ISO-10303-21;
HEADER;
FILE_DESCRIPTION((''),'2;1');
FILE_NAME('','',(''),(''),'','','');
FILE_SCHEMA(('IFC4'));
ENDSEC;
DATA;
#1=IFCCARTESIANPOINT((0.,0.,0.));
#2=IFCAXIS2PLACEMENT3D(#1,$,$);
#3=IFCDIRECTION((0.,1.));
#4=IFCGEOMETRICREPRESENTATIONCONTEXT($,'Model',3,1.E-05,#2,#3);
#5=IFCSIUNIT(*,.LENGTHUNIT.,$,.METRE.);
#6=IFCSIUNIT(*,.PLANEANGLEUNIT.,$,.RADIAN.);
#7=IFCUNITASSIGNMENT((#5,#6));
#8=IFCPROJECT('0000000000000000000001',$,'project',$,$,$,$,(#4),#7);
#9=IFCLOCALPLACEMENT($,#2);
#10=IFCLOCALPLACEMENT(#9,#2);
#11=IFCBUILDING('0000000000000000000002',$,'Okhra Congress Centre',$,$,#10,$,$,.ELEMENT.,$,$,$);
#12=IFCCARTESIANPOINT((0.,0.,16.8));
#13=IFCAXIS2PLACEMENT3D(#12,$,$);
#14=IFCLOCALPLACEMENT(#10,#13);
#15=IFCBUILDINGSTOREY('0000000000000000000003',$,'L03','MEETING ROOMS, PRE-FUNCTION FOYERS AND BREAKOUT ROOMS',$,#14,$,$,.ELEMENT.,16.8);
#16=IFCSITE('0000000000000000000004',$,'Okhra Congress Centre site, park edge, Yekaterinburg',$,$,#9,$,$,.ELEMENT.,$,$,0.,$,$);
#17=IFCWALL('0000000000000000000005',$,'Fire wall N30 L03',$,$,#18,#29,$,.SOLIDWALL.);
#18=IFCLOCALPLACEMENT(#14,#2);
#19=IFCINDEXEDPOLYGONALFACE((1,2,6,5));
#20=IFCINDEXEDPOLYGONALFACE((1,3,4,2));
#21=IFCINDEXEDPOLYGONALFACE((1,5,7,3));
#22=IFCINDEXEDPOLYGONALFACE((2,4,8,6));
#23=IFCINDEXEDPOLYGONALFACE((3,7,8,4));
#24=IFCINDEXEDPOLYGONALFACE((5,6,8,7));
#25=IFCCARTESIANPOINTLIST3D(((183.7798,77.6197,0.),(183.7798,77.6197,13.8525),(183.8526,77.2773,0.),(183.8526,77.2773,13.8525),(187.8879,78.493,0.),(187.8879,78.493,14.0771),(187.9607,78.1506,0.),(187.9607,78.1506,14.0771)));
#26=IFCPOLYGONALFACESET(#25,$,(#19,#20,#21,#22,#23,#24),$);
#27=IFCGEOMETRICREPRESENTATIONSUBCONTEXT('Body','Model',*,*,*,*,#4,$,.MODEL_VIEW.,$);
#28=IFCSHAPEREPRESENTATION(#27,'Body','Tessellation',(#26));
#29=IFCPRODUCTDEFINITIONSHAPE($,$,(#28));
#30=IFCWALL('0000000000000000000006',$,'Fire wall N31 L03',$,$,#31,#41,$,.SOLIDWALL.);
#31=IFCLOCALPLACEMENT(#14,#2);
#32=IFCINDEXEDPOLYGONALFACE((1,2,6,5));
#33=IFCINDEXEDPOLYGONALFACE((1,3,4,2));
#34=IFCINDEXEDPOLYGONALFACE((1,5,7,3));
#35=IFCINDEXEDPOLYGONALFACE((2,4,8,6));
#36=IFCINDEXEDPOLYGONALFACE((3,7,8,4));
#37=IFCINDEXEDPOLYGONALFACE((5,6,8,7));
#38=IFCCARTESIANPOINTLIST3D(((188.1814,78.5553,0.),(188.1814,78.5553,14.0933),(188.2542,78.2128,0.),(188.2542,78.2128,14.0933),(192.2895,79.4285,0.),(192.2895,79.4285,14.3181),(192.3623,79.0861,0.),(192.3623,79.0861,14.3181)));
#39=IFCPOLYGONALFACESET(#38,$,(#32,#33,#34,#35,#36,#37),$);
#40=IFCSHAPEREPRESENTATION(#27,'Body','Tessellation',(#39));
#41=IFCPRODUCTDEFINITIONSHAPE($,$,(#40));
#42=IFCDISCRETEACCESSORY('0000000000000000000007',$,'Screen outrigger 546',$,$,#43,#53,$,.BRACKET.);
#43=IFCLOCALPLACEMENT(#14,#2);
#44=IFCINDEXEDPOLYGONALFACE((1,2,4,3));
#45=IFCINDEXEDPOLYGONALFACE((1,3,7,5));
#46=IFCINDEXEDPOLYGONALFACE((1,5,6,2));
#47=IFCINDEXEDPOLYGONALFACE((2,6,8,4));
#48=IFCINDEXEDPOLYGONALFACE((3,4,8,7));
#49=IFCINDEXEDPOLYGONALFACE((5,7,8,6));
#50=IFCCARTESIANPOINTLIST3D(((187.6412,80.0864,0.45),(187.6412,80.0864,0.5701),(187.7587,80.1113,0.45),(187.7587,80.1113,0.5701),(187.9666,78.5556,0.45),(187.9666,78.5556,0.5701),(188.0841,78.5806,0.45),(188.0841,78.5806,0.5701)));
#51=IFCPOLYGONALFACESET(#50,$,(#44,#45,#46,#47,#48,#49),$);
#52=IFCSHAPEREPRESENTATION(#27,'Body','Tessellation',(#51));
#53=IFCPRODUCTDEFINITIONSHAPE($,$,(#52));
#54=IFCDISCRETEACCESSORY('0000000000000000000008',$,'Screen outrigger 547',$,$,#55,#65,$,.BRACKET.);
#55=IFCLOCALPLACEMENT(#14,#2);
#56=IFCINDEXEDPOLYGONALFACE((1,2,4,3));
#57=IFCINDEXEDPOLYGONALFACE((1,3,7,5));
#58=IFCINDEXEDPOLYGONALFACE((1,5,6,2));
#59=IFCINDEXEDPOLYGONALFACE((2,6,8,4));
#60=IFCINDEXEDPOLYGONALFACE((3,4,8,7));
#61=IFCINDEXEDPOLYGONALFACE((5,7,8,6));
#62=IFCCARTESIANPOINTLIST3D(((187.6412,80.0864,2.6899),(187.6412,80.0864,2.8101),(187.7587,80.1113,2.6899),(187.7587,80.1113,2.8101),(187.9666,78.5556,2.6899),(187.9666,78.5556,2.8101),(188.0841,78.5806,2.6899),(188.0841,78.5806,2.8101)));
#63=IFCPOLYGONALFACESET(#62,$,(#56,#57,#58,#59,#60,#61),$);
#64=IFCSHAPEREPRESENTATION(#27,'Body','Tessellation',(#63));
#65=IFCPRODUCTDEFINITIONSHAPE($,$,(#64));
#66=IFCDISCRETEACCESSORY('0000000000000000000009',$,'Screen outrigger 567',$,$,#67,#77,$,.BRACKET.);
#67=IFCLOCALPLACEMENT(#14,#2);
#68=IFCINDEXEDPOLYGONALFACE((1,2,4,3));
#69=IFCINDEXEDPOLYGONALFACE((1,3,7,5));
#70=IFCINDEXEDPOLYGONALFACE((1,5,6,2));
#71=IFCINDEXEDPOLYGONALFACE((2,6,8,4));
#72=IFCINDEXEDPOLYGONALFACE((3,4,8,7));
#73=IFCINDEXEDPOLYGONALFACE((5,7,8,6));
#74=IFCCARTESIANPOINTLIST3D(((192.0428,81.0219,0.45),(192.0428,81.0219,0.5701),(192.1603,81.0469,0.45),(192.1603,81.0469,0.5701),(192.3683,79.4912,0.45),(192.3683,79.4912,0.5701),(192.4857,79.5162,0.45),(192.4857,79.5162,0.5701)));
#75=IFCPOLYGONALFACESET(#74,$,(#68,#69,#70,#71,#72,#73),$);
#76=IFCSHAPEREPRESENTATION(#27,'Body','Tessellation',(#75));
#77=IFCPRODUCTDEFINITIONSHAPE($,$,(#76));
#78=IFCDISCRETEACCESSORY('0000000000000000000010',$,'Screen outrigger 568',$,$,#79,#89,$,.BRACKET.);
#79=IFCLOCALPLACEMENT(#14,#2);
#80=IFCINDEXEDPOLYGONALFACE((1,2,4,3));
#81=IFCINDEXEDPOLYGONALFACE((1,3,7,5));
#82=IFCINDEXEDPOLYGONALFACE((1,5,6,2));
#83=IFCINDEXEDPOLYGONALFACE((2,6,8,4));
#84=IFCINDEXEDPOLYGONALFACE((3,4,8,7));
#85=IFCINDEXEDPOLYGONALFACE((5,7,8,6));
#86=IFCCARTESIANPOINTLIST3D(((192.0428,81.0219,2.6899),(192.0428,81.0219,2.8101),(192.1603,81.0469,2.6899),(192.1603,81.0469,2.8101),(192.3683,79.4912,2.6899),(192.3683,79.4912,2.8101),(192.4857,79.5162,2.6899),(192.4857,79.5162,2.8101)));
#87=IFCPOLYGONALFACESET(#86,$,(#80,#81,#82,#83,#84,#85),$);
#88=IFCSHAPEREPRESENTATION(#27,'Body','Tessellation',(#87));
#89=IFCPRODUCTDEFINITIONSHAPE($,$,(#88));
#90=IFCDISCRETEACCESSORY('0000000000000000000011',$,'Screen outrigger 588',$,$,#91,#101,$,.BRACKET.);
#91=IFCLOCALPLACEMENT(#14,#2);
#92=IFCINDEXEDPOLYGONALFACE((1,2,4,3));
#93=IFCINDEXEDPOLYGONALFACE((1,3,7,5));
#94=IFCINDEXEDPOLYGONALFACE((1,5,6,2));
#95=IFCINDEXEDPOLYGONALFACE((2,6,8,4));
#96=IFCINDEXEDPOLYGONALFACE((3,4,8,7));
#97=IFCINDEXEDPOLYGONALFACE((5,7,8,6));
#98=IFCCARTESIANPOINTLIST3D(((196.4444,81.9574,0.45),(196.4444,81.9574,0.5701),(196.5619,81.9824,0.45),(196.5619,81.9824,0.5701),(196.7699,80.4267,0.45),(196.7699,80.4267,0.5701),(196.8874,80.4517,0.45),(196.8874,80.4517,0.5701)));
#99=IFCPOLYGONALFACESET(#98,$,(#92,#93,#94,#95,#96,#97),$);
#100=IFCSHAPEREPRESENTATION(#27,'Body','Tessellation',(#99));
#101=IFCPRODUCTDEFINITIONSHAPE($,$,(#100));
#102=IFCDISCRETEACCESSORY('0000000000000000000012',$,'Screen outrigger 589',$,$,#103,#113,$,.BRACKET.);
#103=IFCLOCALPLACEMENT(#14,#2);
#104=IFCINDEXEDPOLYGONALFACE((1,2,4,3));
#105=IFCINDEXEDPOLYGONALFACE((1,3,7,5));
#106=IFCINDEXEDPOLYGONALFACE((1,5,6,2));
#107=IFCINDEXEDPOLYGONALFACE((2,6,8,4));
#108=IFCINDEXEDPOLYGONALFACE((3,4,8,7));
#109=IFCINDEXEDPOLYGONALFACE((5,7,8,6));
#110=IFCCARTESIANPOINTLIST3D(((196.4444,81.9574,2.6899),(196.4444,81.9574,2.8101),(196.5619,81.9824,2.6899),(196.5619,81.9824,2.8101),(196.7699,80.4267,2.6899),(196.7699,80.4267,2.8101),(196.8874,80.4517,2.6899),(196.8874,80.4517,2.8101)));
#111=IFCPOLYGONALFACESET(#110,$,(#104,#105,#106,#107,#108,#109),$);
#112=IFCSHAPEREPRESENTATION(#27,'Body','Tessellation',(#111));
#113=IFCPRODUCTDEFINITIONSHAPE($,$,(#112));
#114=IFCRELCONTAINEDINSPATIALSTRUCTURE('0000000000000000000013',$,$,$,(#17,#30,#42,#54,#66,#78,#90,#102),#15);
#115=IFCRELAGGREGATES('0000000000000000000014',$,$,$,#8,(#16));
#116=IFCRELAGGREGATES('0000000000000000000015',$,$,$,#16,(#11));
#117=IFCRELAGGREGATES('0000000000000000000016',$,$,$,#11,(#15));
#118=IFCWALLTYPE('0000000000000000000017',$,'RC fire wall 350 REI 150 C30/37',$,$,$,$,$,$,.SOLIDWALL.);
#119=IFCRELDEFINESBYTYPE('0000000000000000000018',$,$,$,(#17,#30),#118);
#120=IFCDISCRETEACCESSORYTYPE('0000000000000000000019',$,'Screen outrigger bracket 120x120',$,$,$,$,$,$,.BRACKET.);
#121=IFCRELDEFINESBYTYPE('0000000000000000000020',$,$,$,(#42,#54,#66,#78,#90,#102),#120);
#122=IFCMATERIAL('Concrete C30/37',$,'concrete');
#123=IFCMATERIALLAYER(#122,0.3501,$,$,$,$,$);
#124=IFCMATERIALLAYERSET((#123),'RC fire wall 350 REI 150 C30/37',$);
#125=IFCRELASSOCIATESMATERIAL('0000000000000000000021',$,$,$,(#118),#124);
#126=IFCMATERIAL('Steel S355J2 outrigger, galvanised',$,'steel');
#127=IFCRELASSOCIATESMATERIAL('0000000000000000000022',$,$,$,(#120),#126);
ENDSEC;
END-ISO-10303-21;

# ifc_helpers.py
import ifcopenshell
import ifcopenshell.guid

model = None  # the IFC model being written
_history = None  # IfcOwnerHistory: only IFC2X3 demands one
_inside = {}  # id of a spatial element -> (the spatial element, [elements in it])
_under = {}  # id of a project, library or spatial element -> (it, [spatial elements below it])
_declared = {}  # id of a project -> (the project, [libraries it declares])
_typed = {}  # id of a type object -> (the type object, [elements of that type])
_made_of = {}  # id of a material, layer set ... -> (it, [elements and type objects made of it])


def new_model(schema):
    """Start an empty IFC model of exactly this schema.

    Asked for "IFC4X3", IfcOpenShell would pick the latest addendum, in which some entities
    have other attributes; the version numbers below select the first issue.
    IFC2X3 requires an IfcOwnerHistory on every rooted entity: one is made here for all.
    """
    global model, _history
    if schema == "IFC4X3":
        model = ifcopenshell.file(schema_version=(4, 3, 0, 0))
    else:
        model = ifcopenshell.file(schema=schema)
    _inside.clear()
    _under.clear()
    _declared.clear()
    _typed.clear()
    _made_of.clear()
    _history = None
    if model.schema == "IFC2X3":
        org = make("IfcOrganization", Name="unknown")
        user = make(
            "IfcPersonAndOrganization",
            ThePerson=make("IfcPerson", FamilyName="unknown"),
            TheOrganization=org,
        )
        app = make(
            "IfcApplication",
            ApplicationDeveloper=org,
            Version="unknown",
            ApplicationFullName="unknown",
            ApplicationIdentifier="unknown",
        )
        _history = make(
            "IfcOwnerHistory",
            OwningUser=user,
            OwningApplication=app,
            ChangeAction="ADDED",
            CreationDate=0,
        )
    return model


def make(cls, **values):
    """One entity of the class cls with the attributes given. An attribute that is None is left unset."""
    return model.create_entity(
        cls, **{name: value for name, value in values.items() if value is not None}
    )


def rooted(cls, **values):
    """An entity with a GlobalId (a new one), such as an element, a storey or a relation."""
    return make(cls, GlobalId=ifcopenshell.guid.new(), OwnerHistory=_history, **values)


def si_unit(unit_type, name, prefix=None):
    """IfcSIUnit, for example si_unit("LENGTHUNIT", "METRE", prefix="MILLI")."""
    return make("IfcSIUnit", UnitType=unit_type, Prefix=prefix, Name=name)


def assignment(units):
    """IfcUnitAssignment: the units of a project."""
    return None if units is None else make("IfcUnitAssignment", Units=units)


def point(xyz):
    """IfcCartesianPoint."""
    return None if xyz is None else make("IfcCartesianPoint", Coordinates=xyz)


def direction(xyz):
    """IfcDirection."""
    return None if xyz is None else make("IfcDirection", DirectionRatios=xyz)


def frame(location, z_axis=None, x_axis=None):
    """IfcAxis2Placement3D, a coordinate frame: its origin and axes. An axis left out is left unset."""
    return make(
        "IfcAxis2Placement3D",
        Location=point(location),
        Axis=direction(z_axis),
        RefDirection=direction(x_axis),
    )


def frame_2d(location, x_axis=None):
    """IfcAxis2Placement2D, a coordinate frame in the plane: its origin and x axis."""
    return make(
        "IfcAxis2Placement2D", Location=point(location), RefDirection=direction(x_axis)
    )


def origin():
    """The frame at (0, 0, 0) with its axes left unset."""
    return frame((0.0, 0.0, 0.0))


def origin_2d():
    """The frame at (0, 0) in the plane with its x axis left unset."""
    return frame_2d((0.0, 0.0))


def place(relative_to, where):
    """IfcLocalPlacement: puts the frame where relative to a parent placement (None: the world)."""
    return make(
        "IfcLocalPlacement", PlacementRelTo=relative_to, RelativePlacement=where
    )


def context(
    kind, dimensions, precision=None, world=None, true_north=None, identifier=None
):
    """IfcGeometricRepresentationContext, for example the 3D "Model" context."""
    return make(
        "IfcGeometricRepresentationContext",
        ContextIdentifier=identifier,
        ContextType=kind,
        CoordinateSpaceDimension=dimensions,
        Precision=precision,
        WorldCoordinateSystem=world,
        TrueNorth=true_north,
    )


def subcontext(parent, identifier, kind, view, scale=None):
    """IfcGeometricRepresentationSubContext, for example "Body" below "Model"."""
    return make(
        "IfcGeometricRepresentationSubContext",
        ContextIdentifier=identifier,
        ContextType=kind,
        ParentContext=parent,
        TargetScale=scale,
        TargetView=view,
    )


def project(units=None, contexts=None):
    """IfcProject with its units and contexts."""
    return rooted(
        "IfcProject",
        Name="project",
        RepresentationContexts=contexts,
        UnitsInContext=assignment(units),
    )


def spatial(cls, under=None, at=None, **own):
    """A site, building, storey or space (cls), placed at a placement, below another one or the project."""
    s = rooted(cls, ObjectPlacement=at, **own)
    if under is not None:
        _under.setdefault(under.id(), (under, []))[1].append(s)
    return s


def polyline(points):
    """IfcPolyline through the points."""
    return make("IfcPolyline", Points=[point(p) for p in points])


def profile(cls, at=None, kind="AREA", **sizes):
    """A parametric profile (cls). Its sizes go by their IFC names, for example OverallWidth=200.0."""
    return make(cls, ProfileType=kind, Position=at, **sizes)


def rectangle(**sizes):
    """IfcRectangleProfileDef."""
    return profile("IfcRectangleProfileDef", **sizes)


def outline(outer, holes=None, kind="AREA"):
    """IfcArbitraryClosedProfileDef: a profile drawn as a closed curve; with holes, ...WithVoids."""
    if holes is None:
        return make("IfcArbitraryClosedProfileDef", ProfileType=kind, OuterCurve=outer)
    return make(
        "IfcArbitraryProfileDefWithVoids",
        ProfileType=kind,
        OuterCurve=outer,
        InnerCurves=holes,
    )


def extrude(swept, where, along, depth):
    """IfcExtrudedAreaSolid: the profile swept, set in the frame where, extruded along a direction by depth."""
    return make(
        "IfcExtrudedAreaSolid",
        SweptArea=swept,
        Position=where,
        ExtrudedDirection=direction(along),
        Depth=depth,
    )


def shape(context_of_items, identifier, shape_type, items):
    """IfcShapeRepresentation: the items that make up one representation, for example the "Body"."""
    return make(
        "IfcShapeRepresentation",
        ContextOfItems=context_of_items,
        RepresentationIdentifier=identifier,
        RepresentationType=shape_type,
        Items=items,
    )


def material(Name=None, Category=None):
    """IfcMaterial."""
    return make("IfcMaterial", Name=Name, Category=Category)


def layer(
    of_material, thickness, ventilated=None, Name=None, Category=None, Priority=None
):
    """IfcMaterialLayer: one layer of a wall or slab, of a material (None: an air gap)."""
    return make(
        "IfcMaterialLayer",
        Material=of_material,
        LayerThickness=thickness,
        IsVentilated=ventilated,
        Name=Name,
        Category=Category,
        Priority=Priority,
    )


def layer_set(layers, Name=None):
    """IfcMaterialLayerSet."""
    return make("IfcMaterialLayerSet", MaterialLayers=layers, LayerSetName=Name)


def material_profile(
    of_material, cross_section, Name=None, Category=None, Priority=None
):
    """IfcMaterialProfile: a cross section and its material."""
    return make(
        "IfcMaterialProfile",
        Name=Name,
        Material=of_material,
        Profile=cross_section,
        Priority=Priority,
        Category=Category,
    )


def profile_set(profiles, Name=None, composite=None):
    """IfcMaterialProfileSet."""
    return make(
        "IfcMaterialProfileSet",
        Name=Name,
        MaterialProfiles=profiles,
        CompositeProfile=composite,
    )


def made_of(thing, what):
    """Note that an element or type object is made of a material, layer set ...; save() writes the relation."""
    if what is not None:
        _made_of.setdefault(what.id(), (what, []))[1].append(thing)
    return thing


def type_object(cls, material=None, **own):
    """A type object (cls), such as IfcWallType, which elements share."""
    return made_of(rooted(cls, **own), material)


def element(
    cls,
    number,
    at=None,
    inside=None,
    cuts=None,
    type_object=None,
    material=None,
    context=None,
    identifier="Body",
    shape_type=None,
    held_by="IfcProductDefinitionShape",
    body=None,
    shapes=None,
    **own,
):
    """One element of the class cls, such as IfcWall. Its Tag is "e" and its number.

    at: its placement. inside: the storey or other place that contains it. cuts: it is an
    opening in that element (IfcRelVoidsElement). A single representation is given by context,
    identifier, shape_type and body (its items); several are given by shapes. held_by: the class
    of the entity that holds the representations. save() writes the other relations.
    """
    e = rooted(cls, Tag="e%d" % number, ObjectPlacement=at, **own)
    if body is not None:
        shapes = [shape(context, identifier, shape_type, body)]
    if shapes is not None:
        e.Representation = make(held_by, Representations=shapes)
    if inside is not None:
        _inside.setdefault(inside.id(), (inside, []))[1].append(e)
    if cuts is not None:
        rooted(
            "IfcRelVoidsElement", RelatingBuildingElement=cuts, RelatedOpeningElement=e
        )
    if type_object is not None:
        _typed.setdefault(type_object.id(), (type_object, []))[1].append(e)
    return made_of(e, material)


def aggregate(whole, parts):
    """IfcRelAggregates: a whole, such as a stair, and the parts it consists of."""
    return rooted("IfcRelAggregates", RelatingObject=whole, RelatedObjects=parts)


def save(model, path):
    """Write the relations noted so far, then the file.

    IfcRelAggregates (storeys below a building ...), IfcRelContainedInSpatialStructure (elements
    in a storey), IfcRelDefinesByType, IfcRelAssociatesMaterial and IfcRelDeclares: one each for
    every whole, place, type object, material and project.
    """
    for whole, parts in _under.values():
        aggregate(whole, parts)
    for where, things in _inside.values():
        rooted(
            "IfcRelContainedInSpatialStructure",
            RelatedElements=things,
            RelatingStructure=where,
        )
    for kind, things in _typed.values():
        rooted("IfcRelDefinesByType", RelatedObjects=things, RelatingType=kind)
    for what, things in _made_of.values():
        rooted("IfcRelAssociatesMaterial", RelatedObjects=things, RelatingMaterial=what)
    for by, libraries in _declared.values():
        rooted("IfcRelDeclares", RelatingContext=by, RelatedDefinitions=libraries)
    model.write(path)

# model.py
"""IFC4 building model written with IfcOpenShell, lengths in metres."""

from ifc_helpers import new_model, si_unit, direction, frame, origin, origin_2d, place, context, subcontext, project, spatial, polyline, rectangle, outline, extrude, material, layer, layer_set, material_profile, profile_set, type_object, element, save


model = new_model("IFC4")

# Units and contexts
model_context = context("Model", 3, precision=1e-05, world=origin(), true_north=direction((0.0, 1.0)))
body_context = subcontext(model_context, "Body", "Model", "MODEL_VIEW")
ifc_project = project(units=[si_unit("LENGTHUNIT", "METRE"), si_unit("PLANEANGLEUNIT", "RADIAN")], contexts=[model_context])

# Site, building, storey
site_placement = place(None, origin())
site = spatial("IfcSite", under=ifc_project, at=site_placement, Name="Okhra Congress Centre site, park edge, Yekaterinburg", CompositionType="ELEMENT", RefElevation=0.0)
building_placement = place(site_placement, origin())
building = spatial("IfcBuilding", under=site, at=building_placement, Name="Okhra Congress Centre", CompositionType="ELEMENT")
storey_placement = place(building_placement, frame((0.0, 0.0, 16.8)))
storey = spatial("IfcBuildingStorey", under=building, at=storey_placement, Name="L03", Description="MEETING ROOMS, PRE-FUNCTION FOYERS AND BREAKOUT ROOMS", CompositionType="ELEMENT", Elevation=16.8)

# Walls
ifc_material_1 = material(Name="Concrete C30/37", Category="concrete")
ifc_layer_1 = layer(ifc_material_1, 0.3501)
ifc_layer_set_1 = layer_set([ifc_layer_1], Name="RC fire wall 350 REI 150 C30/37")
wall_type_1 = type_object("IfcWallType", Name="RC fire wall 350 REI 150 C30/37", PredefinedType="SOLIDWALL", material=ifc_layer_set_1)
wall_1_placement = place(storey_placement, frame((183.8162, 77.4485, 0.0), z_axis=(0.0, 0.0, 1.0), x_axis=(0.978144, 0.207929, 0.0)))
element("IfcWall", 1, at=wall_1_placement, inside=storey, type_object=wall_type_1, Name="Fire wall N30 L03", PredefinedType="SOLIDWALL", context=body_context, shape_type="SweptSolid", body=[
    extrude(outline(polyline([(0.0, 0.0), (4.2, 0.0), (4.2, 14.0771), (0.0, 13.8525), (0.0, 0.0)])), frame((0.0, 0.175, 0.0), z_axis=(0.0, -1.0, 0.0), x_axis=(1.0, 0.0, 0.0)), (0.0, 0.0, 1.0), 0.3501),
])
wall_2_placement = place(storey_placement, frame((188.2178, 78.384, 0.0), z_axis=(0.0, 0.0, 1.0), x_axis=(0.978144, 0.207929, 0.0)))
element("IfcWall", 2, at=wall_2_placement, inside=storey, type_object=wall_type_1, Name="Fire wall N31 L03", PredefinedType="SOLIDWALL", context=body_context, shape_type="SweptSolid", body=[
    extrude(outline(polyline([(0.0, 0.0), (4.2, 0.0), (4.2, 14.3181), (0.0, 14.0933), (0.0, 0.0)])), frame((0.0, 0.175, 0.0), z_axis=(0.0, -1.0, 0.0), x_axis=(1.0, 0.0, 0.0)), (0.0, 0.0, 1.0), 0.3501),
])

# Discrete accessories
ifc_material_2 = material(Name="Steel S355J2 outrigger, galvanised", Category="steel")
ifc_material_profile_1 = material_profile(ifc_material_2, rectangle(XDim=0.1201, YDim=0.1201, at=origin_2d()), Name="Screen outrigger bracket 120x120")
ifc_profile_set_1 = profile_set([ifc_material_profile_1], Name="Steel S355J2 outrigger, galvanised")
discrete_accessory_type = type_object("IfcDiscreteAccessoryType", Name="Screen outrigger bracket 120x120", PredefinedType="BRACKET", material=ifc_profile_set_1)
for number, where, z_axis, x_axis, name in (
    (3, (188.0254, 78.5681, 0.51), (-0.207952, 0.978139, 0.0), (-0.978139, -0.207952, 0.0), "Screen outrigger 546"),
    (4, (188.0254, 78.5681, 2.75), (-0.207952, 0.978139, 0.0), (-0.978139, -0.207952, 0.0), "Screen outrigger 547"),
    (5, (192.427, 79.5037, 0.51), (-0.207952, 0.978139, 0.0), (-0.978139, -0.207952, 0.0), "Screen outrigger 567"),
    (6, (192.427, 79.5037, 2.75), (-0.207952, 0.978139, 0.0), (-0.978139, -0.207952, 0.0), "Screen outrigger 568"),
    (7, (196.8286, 80.4392, 0.51), (-0.207952, 0.978139, 0.0), (-0.978139, -0.207952, 0.0), "Screen outrigger 588"),
    (8, (196.8286, 80.4392, 2.75), (-0.207952, 0.978139, 0.0), (-0.978139, -0.207952, 0.0), "Screen outrigger 589"),
):
    element("IfcDiscreteAccessory", number, at=place(storey_placement, frame(where, z_axis=z_axis, x_axis=x_axis)), inside=storey, type_object=discrete_accessory_type, Name=name, PredefinedType="BRACKET", context=body_context, shape_type="SweptSolid", body=[
        extrude(rectangle(XDim=0.1201, YDim=0.1201, at=origin_2d()), origin(), (0.0, 0.0, 1.0), 1.5649),
    ])

save(model, "model.ifc")
